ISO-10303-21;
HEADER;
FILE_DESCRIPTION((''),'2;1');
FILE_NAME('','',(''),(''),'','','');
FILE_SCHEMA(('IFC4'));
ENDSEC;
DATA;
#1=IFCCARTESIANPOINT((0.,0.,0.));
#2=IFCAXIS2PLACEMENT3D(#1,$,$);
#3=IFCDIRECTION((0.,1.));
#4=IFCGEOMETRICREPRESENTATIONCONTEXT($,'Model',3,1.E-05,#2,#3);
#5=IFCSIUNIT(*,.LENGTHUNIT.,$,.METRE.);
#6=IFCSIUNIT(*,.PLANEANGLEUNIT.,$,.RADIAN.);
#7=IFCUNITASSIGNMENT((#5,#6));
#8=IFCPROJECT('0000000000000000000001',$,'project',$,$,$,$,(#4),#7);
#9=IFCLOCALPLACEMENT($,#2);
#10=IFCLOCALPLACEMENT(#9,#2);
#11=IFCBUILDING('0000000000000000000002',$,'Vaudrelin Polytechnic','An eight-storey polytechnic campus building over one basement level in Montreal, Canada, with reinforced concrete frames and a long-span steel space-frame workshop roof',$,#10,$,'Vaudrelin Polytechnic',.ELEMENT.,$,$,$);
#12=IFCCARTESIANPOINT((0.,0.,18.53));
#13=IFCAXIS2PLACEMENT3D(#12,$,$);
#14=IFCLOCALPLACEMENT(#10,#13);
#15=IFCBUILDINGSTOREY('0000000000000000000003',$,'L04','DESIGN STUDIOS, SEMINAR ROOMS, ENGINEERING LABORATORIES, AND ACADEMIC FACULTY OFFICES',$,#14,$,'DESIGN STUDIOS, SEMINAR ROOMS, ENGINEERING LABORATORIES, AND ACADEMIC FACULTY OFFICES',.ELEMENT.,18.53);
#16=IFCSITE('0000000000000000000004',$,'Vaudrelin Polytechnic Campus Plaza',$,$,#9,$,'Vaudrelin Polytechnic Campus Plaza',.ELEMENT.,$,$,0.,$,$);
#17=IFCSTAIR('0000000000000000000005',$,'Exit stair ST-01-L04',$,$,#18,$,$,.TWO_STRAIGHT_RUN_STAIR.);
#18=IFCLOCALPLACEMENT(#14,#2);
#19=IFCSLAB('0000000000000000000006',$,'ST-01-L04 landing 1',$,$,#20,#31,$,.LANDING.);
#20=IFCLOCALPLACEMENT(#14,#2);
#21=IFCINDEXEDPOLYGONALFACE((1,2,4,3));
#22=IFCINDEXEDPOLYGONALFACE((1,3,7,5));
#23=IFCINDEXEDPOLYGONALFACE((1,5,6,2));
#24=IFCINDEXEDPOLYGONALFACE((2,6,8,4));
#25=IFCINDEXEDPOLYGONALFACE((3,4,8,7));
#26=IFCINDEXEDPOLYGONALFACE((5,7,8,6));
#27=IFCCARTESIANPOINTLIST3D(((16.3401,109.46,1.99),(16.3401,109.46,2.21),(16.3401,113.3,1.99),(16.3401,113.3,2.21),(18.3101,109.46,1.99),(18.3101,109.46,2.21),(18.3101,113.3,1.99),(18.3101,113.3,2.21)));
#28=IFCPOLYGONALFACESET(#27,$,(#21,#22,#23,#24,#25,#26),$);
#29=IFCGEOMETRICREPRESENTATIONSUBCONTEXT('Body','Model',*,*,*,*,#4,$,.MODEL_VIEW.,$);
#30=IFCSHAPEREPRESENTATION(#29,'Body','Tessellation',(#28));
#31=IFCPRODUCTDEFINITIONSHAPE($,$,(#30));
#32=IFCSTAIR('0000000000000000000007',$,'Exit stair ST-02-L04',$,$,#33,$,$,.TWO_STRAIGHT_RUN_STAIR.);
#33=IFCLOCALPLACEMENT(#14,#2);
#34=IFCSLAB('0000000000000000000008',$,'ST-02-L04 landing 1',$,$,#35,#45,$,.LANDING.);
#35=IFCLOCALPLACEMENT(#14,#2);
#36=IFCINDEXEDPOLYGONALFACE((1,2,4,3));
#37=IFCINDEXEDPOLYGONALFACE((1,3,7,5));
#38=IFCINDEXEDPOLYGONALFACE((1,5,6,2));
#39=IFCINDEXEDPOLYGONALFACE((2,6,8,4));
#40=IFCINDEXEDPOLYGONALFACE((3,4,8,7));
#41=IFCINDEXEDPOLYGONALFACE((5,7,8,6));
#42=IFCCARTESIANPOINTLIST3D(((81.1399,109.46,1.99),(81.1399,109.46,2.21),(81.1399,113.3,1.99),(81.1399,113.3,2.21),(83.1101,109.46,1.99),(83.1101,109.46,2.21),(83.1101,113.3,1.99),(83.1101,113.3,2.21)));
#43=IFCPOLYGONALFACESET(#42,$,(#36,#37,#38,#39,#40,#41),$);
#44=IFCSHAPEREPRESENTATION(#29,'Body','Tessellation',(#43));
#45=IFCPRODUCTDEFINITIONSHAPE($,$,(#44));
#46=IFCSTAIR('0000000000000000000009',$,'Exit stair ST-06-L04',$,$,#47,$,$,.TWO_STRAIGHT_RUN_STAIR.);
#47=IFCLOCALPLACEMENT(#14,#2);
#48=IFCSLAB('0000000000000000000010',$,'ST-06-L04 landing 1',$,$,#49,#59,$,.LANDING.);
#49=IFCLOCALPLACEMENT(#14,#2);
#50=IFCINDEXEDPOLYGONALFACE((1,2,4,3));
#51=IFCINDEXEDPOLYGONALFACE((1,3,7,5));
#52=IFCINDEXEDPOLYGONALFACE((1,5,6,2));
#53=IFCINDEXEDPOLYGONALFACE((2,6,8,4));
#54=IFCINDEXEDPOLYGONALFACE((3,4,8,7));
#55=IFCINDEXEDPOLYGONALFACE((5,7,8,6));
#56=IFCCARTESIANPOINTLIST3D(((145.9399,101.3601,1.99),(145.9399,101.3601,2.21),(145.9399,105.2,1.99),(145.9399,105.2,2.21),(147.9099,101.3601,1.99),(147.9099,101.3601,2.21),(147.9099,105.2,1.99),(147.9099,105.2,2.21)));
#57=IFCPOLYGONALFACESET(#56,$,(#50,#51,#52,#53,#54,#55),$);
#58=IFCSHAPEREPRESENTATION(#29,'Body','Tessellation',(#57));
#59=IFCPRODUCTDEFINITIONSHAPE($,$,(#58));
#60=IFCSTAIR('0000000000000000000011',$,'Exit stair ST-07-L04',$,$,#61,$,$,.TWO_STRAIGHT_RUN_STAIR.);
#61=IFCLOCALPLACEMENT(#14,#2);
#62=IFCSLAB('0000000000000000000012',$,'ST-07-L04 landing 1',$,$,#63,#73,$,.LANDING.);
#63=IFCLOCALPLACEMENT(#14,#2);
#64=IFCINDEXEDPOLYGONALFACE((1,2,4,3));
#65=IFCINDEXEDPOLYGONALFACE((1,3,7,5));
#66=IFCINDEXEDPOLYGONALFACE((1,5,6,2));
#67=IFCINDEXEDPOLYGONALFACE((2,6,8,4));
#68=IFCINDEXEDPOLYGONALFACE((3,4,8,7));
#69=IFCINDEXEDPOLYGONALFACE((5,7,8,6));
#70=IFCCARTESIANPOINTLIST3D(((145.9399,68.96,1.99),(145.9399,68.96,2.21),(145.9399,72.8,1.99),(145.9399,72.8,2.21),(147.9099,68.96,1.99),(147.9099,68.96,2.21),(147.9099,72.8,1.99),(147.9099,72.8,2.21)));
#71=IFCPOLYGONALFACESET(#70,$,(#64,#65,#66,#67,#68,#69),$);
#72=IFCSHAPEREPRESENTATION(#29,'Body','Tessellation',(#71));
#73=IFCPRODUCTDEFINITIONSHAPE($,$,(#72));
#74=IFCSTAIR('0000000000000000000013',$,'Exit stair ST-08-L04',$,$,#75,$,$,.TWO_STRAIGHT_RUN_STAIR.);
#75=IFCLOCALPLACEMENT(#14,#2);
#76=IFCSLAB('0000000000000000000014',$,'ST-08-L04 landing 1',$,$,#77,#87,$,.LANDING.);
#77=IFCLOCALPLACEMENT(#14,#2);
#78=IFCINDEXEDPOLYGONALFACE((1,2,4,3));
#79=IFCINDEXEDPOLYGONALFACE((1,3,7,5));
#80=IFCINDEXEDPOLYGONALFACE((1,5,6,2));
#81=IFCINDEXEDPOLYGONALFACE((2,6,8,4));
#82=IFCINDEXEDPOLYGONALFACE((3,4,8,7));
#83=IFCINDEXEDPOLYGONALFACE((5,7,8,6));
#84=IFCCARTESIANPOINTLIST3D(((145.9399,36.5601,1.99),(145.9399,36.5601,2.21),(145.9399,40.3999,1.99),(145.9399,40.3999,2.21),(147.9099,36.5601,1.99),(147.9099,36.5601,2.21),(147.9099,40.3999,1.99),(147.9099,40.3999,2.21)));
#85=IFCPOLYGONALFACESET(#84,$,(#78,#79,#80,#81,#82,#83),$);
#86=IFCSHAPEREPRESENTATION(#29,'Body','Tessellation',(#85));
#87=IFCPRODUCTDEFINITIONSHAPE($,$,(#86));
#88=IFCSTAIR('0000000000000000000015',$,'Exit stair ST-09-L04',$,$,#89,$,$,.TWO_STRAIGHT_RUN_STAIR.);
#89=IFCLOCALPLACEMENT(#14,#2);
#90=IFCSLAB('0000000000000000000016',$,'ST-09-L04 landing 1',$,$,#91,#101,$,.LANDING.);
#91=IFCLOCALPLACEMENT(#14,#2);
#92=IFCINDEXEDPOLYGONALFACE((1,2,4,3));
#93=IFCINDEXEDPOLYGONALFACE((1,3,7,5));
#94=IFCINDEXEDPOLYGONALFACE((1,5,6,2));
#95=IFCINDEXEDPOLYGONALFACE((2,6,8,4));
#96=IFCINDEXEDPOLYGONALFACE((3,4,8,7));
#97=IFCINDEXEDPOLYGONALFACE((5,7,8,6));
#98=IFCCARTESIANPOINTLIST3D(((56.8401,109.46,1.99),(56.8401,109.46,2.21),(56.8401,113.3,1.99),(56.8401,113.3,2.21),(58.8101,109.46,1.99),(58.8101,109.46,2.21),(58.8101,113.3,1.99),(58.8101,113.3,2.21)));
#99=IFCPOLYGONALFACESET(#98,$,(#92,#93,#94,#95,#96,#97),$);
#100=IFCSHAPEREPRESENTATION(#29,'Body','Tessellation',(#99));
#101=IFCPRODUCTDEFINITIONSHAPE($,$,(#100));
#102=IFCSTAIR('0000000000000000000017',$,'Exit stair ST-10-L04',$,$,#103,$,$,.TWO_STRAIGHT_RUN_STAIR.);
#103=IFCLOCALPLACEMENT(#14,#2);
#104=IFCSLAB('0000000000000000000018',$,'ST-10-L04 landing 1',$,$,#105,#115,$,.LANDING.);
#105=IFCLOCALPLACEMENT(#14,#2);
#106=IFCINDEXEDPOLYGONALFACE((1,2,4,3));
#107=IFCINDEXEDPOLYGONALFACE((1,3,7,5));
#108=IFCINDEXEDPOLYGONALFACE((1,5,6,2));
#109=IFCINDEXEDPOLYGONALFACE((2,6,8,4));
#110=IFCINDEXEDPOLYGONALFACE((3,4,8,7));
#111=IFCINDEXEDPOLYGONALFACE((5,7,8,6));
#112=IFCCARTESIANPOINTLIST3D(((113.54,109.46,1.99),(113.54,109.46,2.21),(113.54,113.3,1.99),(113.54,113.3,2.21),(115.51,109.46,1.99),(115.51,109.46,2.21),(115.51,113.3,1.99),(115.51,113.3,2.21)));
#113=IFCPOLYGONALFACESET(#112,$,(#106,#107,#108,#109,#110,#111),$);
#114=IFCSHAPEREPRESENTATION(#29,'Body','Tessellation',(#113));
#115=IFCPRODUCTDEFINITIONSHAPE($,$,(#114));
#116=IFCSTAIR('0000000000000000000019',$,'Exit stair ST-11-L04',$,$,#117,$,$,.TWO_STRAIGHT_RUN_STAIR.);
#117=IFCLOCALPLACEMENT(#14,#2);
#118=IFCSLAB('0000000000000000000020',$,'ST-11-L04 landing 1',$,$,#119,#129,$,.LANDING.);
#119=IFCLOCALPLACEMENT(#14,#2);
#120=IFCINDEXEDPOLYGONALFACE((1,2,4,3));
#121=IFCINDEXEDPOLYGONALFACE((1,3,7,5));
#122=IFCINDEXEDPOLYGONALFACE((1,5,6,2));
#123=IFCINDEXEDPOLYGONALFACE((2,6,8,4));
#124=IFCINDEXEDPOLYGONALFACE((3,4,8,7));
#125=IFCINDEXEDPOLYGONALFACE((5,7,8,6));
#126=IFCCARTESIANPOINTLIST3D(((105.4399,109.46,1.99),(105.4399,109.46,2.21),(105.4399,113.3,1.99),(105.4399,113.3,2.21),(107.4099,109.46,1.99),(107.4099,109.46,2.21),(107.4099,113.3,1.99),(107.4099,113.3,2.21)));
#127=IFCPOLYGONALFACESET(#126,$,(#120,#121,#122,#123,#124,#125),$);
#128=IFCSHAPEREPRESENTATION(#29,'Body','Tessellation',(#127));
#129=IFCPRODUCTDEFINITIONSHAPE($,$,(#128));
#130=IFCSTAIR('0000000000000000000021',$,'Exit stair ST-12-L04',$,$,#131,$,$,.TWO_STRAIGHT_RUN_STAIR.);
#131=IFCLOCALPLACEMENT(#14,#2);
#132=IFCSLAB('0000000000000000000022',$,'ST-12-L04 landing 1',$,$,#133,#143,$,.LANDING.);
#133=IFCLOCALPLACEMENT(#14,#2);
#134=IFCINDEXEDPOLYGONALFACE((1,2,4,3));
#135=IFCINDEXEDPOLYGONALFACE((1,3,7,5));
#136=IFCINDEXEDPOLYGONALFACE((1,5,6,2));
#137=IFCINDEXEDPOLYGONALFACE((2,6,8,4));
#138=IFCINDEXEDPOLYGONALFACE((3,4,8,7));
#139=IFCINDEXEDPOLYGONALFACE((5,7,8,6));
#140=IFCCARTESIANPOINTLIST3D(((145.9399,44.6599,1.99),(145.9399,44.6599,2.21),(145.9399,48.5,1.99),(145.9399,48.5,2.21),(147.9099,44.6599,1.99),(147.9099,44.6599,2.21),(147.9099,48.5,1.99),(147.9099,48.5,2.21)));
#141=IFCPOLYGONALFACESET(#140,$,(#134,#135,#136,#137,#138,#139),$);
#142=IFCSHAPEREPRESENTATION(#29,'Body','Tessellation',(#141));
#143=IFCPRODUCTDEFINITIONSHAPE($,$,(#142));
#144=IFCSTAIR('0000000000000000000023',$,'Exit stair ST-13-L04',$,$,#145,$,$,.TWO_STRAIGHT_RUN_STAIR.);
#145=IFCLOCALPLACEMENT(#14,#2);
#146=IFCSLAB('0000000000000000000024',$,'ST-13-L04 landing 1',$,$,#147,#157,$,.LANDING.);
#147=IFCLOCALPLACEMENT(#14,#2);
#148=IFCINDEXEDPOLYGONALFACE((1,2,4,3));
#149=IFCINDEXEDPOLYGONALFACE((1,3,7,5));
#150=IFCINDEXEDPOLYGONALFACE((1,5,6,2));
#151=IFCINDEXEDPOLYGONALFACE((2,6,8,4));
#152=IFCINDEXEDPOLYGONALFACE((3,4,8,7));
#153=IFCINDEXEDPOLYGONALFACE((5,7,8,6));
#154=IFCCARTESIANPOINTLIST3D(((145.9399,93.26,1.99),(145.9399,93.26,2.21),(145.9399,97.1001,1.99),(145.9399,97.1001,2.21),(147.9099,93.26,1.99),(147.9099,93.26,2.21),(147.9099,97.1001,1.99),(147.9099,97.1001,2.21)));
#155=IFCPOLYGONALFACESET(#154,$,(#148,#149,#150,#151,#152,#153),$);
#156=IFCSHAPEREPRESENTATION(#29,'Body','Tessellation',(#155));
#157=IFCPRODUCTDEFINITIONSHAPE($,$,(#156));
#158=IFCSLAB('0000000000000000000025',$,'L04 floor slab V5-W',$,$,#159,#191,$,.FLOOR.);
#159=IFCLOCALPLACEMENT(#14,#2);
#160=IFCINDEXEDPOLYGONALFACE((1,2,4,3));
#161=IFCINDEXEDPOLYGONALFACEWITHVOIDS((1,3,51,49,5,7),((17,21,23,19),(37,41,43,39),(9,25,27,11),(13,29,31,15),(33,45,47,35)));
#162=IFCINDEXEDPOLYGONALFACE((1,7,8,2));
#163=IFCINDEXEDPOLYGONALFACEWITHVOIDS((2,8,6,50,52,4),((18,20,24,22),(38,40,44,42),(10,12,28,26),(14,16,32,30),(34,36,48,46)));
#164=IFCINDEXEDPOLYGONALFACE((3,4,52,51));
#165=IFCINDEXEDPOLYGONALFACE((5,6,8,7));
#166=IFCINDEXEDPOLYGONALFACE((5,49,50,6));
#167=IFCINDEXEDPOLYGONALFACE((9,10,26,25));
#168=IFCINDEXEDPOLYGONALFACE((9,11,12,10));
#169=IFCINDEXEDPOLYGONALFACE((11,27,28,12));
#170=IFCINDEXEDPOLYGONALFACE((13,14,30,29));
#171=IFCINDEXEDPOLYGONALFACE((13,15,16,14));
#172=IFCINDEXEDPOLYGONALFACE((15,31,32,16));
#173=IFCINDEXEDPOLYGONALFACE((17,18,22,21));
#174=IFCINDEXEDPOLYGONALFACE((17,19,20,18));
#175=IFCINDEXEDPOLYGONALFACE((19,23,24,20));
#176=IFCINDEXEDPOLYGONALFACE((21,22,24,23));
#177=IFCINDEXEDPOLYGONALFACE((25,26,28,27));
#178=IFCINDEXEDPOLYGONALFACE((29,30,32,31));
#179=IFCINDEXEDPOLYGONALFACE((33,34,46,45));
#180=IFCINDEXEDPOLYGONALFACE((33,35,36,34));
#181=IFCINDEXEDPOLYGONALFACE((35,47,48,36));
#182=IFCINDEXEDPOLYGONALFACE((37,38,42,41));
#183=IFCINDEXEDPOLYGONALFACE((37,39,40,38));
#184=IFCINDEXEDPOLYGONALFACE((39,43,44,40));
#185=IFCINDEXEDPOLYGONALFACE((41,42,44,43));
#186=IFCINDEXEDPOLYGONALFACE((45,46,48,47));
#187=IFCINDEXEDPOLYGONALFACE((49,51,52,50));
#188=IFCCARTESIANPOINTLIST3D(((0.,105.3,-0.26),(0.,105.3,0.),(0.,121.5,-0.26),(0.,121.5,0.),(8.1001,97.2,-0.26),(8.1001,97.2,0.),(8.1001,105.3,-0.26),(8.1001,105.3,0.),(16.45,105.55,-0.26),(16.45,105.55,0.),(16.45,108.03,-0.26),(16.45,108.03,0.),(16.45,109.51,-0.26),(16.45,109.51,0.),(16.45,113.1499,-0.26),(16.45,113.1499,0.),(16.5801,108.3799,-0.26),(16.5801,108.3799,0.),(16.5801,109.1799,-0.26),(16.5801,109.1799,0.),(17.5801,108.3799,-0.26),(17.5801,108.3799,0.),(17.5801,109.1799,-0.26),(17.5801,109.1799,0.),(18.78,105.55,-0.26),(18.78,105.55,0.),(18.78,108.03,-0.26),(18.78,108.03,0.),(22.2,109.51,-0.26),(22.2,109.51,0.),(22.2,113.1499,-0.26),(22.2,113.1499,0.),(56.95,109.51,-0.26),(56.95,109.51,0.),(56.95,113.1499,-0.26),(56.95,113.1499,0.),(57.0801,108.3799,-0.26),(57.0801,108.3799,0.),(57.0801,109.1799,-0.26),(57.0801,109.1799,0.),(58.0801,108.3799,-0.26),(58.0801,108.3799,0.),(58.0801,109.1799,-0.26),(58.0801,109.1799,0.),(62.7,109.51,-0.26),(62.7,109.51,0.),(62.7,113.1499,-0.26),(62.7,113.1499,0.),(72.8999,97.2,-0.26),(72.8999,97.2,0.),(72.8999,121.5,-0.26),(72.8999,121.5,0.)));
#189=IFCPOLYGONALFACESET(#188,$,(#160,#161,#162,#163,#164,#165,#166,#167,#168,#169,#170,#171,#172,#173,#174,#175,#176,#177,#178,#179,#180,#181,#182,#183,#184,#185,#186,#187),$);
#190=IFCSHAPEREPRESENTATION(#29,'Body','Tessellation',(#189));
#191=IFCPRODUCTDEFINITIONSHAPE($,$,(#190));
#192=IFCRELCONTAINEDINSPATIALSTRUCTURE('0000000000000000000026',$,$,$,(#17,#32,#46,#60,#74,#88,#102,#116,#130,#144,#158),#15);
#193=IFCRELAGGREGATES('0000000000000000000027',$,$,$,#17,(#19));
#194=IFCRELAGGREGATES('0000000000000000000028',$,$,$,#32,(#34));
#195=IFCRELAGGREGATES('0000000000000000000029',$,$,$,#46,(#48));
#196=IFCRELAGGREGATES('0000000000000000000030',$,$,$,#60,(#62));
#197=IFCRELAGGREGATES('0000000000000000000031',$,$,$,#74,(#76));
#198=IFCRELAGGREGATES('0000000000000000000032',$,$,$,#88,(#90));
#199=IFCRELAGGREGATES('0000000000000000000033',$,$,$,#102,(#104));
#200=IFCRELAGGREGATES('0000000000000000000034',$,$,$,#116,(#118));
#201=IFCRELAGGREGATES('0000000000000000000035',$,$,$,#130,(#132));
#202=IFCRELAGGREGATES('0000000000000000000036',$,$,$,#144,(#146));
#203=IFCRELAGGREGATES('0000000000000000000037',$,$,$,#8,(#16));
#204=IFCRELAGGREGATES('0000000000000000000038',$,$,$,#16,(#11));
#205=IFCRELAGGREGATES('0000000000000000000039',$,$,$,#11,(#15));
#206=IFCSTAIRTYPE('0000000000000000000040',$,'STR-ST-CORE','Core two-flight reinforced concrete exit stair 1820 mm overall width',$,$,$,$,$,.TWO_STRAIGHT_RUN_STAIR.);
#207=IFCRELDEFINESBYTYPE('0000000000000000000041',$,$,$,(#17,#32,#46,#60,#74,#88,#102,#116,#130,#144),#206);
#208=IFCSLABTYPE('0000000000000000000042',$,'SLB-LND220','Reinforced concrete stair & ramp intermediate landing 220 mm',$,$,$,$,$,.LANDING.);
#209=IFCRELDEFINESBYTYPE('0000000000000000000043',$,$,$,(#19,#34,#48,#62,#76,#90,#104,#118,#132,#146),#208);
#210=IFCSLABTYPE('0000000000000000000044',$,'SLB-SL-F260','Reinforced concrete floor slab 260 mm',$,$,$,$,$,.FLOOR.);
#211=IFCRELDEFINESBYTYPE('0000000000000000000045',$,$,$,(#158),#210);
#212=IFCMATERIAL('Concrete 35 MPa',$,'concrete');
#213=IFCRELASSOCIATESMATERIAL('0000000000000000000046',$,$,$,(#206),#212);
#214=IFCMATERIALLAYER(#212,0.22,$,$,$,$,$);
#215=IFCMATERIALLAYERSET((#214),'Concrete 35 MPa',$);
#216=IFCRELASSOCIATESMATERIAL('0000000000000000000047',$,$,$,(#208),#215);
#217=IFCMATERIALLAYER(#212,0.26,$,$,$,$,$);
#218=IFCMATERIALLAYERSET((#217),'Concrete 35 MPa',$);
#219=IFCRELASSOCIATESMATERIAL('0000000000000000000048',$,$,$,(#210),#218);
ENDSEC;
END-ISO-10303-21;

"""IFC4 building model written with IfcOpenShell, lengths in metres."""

from ifc_helpers import new_model, si_unit, direction, frame, origin, place, context, subcontext, project, spatial, polyline, outline, extrude, material, layer, layer_set, type_object, element, aggregate, save


model = new_model("IFC4")

# Units and contexts
model_context = context("Model", 3, precision=1e-05, world=origin(), true_north=direction((0.0, 1.0)))
body_context = subcontext(model_context, "Body", "Model", "MODEL_VIEW")
ifc_project = project(units=[si_unit("LENGTHUNIT", "METRE"), si_unit("PLANEANGLEUNIT", "RADIAN")], contexts=[model_context])

# Site, building, storey
site_placement = place(None, origin())
site = spatial("IfcSite", under=ifc_project, at=site_placement, Name="Vaudrelin Polytechnic Campus Plaza", LongName="Vaudrelin Polytechnic Campus Plaza", CompositionType="ELEMENT", RefElevation=0.0)
building_placement = place(site_placement, origin())
building = spatial("IfcBuilding", under=site, at=building_placement, Name="Vaudrelin Polytechnic", Description="An eight-storey polytechnic campus building over one basement level in Montreal, Canada, with reinforced concrete frames and a long-span steel space-frame workshop roof", LongName="Vaudrelin Polytechnic", CompositionType="ELEMENT")
storey_placement = place(building_placement, frame((0.0, 0.0, 18.53)))
storey = spatial("IfcBuildingStorey", under=building, at=storey_placement, Name="L04", Description="DESIGN STUDIOS, SEMINAR ROOMS, ENGINEERING LABORATORIES, AND ACADEMIC FACULTY OFFICES", LongName="DESIGN STUDIOS, SEMINAR ROOMS, ENGINEERING LABORATORIES, AND ACADEMIC FACULTY OFFICES", CompositionType="ELEMENT", Elevation=18.53)

# Stairs, slabs
ifc_material_1 = material(Name="Concrete 35 MPa", Category="concrete")
stair_type = type_object("IfcStairType", Name="STR-ST-CORE", Description="Core two-flight reinforced concrete exit stair 1820 mm overall width", PredefinedType="TWO_STRAIGHT_RUN_STAIR", material=ifc_material_1)
stair_1_placement = place(storey_placement, origin())
stair_1 = element("IfcStair", 1, at=stair_1_placement, inside=storey, type_object=stair_type, Name="Exit stair ST-01-L04", PredefinedType="TWO_STRAIGHT_RUN_STAIR")
ifc_layer_1 = layer(ifc_material_1, 0.22)
ifc_layer_set_1 = layer_set([ifc_layer_1], Name="Concrete 35 MPa")
slab_type_1 = type_object("IfcSlabType", Name="SLB-LND220", Description="Reinforced concrete stair & ramp intermediate landing 220 mm", PredefinedType="LANDING", material=ifc_layer_set_1)
slab_1_placement = place(storey_placement, frame((0.0, 0.0, 1.99)))
slab_1 = element("IfcSlab", 2, at=slab_1_placement, type_object=slab_type_1, Name="ST-01-L04 landing 1", PredefinedType="LANDING", context=body_context, shape_type="SweptSolid", body=[
    extrude(outline(polyline([(16.3401, 109.46), (18.3101, 109.46), (18.3101, 113.3), (16.3401, 113.3), (16.3401, 109.46)])), origin(), (0.0, 0.0, 1.0), 0.22),
])
aggregate(stair_1, [slab_1])
stair_2_placement = place(storey_placement, origin())
stair_2 = element("IfcStair", 3, at=stair_2_placement, inside=storey, type_object=stair_type, Name="Exit stair ST-02-L04", PredefinedType="TWO_STRAIGHT_RUN_STAIR")
slab_2_placement = place(storey_placement, frame((0.0, 0.0, 1.99)))
slab_2 = element("IfcSlab", 4, at=slab_2_placement, type_object=slab_type_1, Name="ST-02-L04 landing 1", PredefinedType="LANDING", context=body_context, shape_type="SweptSolid", body=[
    extrude(outline(polyline([(81.1399, 109.46), (83.1101, 109.46), (83.1101, 113.3), (81.1399, 113.3), (81.1399, 109.46)])), origin(), (0.0, 0.0, 1.0), 0.22),
])
aggregate(stair_2, [slab_2])
stair_3_placement = place(storey_placement, origin())
stair_3 = element("IfcStair", 5, at=stair_3_placement, inside=storey, type_object=stair_type, Name="Exit stair ST-06-L04", PredefinedType="TWO_STRAIGHT_RUN_STAIR")
slab_3_placement = place(storey_placement, frame((0.0, 0.0, 1.99)))
slab_3 = element("IfcSlab", 6, at=slab_3_placement, type_object=slab_type_1, Name="ST-06-L04 landing 1", PredefinedType="LANDING", context=body_context, shape_type="SweptSolid", body=[
    extrude(outline(polyline([(145.9399, 101.3601), (147.9099, 101.3601), (147.9099, 105.2), (145.9399, 105.2), (145.9399, 101.3601)])), origin(), (0.0, 0.0, 1.0), 0.22),
])
aggregate(stair_3, [slab_3])
stair_4_placement = place(storey_placement, origin())
stair_4 = element("IfcStair", 7, at=stair_4_placement, inside=storey, type_object=stair_type, Name="Exit stair ST-07-L04", PredefinedType="TWO_STRAIGHT_RUN_STAIR")
slab_4_placement = place(storey_placement, frame((0.0, 0.0, 1.99)))
slab_4 = element("IfcSlab", 8, at=slab_4_placement, type_object=slab_type_1, Name="ST-07-L04 landing 1", PredefinedType="LANDING", context=body_context, shape_type="SweptSolid", body=[
    extrude(outline(polyline([(145.9399, 68.96), (147.9099, 68.96), (147.9099, 72.8), (145.9399, 72.8), (145.9399, 68.96)])), origin(), (0.0, 0.0, 1.0), 0.22),
])
aggregate(stair_4, [slab_4])
stair_5_placement = place(storey_placement, origin())
stair_5 = element("IfcStair", 9, at=stair_5_placement, inside=storey, type_object=stair_type, Name="Exit stair ST-08-L04", PredefinedType="TWO_STRAIGHT_RUN_STAIR")
slab_5_placement = place(storey_placement, frame((0.0, 0.0, 1.99)))
slab_5 = element("IfcSlab", 10, at=slab_5_placement, type_object=slab_type_1, Name="ST-08-L04 landing 1", PredefinedType="LANDING", context=body_context, shape_type="SweptSolid", body=[
    extrude(outline(polyline([(145.9399, 36.5601), (147.9099, 36.5601), (147.9099, 40.3999), (145.9399, 40.3999), (145.9399, 36.5601)])), origin(), (0.0, 0.0, 1.0), 0.22),
])
aggregate(stair_5, [slab_5])
stair_6_placement = place(storey_placement, origin())
stair_6 = element("IfcStair", 11, at=stair_6_placement, inside=storey, type_object=stair_type, Name="Exit stair ST-09-L04", PredefinedType="TWO_STRAIGHT_RUN_STAIR")
slab_6_placement = place(storey_placement, frame((0.0, 0.0, 1.99)))
slab_6 = element("IfcSlab", 12, at=slab_6_placement, type_object=slab_type_1, Name="ST-09-L04 landing 1", PredefinedType="LANDING", context=body_context, shape_type="SweptSolid", body=[
    extrude(outline(polyline([(56.8401, 109.46), (58.8101, 109.46), (58.8101, 113.3), (56.8401, 113.3), (56.8401, 109.46)])), origin(), (0.0, 0.0, 1.0), 0.22),
])
aggregate(stair_6, [slab_6])
stair_7_placement = place(storey_placement, origin())
stair_7 = element("IfcStair", 13, at=stair_7_placement, inside=storey, type_object=stair_type, Name="Exit stair ST-10-L04", PredefinedType="TWO_STRAIGHT_RUN_STAIR")
slab_7_placement = place(storey_placement, frame((0.0, 0.0, 1.99)))
slab_7 = element("IfcSlab", 14, at=slab_7_placement, type_object=slab_type_1, Name="ST-10-L04 landing 1", PredefinedType="LANDING", context=body_context, shape_type="SweptSolid", body=[
    extrude(outline(polyline([(113.54, 109.46), (115.51, 109.46), (115.51, 113.3), (113.54, 113.3), (113.54, 109.46)])), origin(), (0.0, 0.0, 1.0), 0.22),
])
aggregate(stair_7, [slab_7])
stair_8_placement = place(storey_placement, origin())
stair_8 = element("IfcStair", 15, at=stair_8_placement, inside=storey, type_object=stair_type, Name="Exit stair ST-11-L04", PredefinedType="TWO_STRAIGHT_RUN_STAIR")
slab_8_placement = place(storey_placement, frame((0.0, 0.0, 1.99)))
slab_8 = element("IfcSlab", 16, at=slab_8_placement, type_object=slab_type_1, Name="ST-11-L04 landing 1", PredefinedType="LANDING", context=body_context, shape_type="SweptSolid", body=[
    extrude(outline(polyline([(105.4399, 109.46), (107.4099, 109.46), (107.4099, 113.3), (105.4399, 113.3), (105.4399, 109.46)])), origin(), (0.0, 0.0, 1.0), 0.22),
])
aggregate(stair_8, [slab_8])
stair_9_placement = place(storey_placement, origin())
stair_9 = element("IfcStair", 17, at=stair_9_placement, inside=storey, type_object=stair_type, Name="Exit stair ST-12-L04", PredefinedType="TWO_STRAIGHT_RUN_STAIR")
slab_9_placement = place(storey_placement, frame((0.0, 0.0, 1.99)))
slab_9 = element("IfcSlab", 18, at=slab_9_placement, type_object=slab_type_1, Name="ST-12-L04 landing 1", PredefinedType="LANDING", context=body_context, shape_type="SweptSolid", body=[
    extrude(outline(polyline([(145.9399, 44.6599), (147.9099, 44.6599), (147.9099, 48.5), (145.9399, 48.5), (145.9399, 44.6599)])), origin(), (0.0, 0.0, 1.0), 0.22),
])
aggregate(stair_9, [slab_9])
stair_10_placement = place(storey_placement, origin())
stair_10 = element("IfcStair", 19, at=stair_10_placement, inside=storey, type_object=stair_type, Name="Exit stair ST-13-L04", PredefinedType="TWO_STRAIGHT_RUN_STAIR")
slab_10_placement = place(storey_placement, frame((0.0, 0.0, 1.99)))
slab_10 = element("IfcSlab", 20, at=slab_10_placement, type_object=slab_type_1, Name="ST-13-L04 landing 1", PredefinedType="LANDING", context=body_context, shape_type="SweptSolid", body=[
    extrude(outline(polyline([(145.9399, 93.26), (147.9099, 93.26), (147.9099, 97.1001), (145.9399, 97.1001), (145.9399, 93.26)])), origin(), (0.0, 0.0, 1.0), 0.22),
])
aggregate(stair_10, [slab_10])

# Slab
ifc_layer_2 = layer(ifc_material_1, 0.26)
ifc_layer_set_2 = layer_set([ifc_layer_2], Name="Concrete 35 MPa")
slab_type_2 = type_object("IfcSlabType", Name="SLB-SL-F260", Description="Reinforced concrete floor slab 260 mm", PredefinedType="FLOOR", material=ifc_layer_set_2)
slab_11_placement = place(storey_placement, frame((0.0, 0.0, -0.26)))
element("IfcSlab", 21, at=slab_11_placement, inside=storey, type_object=slab_type_2, Name="L04 floor slab V5-W", PredefinedType="FLOOR", context=body_context, shape_type="SweptSolid", body=[
    extrude(outline(polyline([(0.0, 105.3), (8.1001, 105.3), (8.1001, 97.2), (72.8999, 97.2), (72.8999, 121.5), (0.0, 121.5), (0.0, 105.3)]), holes=[polyline([(16.45, 109.51), (22.2, 109.51), (22.2, 113.1499), (16.45, 113.1499), (16.45, 109.51)]), polyline([(16.45, 105.55), (18.78, 105.55), (18.78, 108.03), (16.45, 108.03), (16.45, 105.55)]), polyline([(16.5801, 108.3799), (17.5801, 108.3799), (17.5801, 109.1799), (16.5801, 109.1799), (16.5801, 108.3799)]), polyline([(56.95, 109.51), (62.7, 109.51), (62.7, 113.1499), (56.95, 113.1499), (56.95, 109.51)]), polyline([(57.0801, 108.3799), (58.0801, 108.3799), (58.0801, 109.1799), (57.0801, 109.1799), (57.0801, 108.3799)])]), origin(), (0.0, 0.0, 1.0), 0.26),
])

save(model, "model.ifc")
